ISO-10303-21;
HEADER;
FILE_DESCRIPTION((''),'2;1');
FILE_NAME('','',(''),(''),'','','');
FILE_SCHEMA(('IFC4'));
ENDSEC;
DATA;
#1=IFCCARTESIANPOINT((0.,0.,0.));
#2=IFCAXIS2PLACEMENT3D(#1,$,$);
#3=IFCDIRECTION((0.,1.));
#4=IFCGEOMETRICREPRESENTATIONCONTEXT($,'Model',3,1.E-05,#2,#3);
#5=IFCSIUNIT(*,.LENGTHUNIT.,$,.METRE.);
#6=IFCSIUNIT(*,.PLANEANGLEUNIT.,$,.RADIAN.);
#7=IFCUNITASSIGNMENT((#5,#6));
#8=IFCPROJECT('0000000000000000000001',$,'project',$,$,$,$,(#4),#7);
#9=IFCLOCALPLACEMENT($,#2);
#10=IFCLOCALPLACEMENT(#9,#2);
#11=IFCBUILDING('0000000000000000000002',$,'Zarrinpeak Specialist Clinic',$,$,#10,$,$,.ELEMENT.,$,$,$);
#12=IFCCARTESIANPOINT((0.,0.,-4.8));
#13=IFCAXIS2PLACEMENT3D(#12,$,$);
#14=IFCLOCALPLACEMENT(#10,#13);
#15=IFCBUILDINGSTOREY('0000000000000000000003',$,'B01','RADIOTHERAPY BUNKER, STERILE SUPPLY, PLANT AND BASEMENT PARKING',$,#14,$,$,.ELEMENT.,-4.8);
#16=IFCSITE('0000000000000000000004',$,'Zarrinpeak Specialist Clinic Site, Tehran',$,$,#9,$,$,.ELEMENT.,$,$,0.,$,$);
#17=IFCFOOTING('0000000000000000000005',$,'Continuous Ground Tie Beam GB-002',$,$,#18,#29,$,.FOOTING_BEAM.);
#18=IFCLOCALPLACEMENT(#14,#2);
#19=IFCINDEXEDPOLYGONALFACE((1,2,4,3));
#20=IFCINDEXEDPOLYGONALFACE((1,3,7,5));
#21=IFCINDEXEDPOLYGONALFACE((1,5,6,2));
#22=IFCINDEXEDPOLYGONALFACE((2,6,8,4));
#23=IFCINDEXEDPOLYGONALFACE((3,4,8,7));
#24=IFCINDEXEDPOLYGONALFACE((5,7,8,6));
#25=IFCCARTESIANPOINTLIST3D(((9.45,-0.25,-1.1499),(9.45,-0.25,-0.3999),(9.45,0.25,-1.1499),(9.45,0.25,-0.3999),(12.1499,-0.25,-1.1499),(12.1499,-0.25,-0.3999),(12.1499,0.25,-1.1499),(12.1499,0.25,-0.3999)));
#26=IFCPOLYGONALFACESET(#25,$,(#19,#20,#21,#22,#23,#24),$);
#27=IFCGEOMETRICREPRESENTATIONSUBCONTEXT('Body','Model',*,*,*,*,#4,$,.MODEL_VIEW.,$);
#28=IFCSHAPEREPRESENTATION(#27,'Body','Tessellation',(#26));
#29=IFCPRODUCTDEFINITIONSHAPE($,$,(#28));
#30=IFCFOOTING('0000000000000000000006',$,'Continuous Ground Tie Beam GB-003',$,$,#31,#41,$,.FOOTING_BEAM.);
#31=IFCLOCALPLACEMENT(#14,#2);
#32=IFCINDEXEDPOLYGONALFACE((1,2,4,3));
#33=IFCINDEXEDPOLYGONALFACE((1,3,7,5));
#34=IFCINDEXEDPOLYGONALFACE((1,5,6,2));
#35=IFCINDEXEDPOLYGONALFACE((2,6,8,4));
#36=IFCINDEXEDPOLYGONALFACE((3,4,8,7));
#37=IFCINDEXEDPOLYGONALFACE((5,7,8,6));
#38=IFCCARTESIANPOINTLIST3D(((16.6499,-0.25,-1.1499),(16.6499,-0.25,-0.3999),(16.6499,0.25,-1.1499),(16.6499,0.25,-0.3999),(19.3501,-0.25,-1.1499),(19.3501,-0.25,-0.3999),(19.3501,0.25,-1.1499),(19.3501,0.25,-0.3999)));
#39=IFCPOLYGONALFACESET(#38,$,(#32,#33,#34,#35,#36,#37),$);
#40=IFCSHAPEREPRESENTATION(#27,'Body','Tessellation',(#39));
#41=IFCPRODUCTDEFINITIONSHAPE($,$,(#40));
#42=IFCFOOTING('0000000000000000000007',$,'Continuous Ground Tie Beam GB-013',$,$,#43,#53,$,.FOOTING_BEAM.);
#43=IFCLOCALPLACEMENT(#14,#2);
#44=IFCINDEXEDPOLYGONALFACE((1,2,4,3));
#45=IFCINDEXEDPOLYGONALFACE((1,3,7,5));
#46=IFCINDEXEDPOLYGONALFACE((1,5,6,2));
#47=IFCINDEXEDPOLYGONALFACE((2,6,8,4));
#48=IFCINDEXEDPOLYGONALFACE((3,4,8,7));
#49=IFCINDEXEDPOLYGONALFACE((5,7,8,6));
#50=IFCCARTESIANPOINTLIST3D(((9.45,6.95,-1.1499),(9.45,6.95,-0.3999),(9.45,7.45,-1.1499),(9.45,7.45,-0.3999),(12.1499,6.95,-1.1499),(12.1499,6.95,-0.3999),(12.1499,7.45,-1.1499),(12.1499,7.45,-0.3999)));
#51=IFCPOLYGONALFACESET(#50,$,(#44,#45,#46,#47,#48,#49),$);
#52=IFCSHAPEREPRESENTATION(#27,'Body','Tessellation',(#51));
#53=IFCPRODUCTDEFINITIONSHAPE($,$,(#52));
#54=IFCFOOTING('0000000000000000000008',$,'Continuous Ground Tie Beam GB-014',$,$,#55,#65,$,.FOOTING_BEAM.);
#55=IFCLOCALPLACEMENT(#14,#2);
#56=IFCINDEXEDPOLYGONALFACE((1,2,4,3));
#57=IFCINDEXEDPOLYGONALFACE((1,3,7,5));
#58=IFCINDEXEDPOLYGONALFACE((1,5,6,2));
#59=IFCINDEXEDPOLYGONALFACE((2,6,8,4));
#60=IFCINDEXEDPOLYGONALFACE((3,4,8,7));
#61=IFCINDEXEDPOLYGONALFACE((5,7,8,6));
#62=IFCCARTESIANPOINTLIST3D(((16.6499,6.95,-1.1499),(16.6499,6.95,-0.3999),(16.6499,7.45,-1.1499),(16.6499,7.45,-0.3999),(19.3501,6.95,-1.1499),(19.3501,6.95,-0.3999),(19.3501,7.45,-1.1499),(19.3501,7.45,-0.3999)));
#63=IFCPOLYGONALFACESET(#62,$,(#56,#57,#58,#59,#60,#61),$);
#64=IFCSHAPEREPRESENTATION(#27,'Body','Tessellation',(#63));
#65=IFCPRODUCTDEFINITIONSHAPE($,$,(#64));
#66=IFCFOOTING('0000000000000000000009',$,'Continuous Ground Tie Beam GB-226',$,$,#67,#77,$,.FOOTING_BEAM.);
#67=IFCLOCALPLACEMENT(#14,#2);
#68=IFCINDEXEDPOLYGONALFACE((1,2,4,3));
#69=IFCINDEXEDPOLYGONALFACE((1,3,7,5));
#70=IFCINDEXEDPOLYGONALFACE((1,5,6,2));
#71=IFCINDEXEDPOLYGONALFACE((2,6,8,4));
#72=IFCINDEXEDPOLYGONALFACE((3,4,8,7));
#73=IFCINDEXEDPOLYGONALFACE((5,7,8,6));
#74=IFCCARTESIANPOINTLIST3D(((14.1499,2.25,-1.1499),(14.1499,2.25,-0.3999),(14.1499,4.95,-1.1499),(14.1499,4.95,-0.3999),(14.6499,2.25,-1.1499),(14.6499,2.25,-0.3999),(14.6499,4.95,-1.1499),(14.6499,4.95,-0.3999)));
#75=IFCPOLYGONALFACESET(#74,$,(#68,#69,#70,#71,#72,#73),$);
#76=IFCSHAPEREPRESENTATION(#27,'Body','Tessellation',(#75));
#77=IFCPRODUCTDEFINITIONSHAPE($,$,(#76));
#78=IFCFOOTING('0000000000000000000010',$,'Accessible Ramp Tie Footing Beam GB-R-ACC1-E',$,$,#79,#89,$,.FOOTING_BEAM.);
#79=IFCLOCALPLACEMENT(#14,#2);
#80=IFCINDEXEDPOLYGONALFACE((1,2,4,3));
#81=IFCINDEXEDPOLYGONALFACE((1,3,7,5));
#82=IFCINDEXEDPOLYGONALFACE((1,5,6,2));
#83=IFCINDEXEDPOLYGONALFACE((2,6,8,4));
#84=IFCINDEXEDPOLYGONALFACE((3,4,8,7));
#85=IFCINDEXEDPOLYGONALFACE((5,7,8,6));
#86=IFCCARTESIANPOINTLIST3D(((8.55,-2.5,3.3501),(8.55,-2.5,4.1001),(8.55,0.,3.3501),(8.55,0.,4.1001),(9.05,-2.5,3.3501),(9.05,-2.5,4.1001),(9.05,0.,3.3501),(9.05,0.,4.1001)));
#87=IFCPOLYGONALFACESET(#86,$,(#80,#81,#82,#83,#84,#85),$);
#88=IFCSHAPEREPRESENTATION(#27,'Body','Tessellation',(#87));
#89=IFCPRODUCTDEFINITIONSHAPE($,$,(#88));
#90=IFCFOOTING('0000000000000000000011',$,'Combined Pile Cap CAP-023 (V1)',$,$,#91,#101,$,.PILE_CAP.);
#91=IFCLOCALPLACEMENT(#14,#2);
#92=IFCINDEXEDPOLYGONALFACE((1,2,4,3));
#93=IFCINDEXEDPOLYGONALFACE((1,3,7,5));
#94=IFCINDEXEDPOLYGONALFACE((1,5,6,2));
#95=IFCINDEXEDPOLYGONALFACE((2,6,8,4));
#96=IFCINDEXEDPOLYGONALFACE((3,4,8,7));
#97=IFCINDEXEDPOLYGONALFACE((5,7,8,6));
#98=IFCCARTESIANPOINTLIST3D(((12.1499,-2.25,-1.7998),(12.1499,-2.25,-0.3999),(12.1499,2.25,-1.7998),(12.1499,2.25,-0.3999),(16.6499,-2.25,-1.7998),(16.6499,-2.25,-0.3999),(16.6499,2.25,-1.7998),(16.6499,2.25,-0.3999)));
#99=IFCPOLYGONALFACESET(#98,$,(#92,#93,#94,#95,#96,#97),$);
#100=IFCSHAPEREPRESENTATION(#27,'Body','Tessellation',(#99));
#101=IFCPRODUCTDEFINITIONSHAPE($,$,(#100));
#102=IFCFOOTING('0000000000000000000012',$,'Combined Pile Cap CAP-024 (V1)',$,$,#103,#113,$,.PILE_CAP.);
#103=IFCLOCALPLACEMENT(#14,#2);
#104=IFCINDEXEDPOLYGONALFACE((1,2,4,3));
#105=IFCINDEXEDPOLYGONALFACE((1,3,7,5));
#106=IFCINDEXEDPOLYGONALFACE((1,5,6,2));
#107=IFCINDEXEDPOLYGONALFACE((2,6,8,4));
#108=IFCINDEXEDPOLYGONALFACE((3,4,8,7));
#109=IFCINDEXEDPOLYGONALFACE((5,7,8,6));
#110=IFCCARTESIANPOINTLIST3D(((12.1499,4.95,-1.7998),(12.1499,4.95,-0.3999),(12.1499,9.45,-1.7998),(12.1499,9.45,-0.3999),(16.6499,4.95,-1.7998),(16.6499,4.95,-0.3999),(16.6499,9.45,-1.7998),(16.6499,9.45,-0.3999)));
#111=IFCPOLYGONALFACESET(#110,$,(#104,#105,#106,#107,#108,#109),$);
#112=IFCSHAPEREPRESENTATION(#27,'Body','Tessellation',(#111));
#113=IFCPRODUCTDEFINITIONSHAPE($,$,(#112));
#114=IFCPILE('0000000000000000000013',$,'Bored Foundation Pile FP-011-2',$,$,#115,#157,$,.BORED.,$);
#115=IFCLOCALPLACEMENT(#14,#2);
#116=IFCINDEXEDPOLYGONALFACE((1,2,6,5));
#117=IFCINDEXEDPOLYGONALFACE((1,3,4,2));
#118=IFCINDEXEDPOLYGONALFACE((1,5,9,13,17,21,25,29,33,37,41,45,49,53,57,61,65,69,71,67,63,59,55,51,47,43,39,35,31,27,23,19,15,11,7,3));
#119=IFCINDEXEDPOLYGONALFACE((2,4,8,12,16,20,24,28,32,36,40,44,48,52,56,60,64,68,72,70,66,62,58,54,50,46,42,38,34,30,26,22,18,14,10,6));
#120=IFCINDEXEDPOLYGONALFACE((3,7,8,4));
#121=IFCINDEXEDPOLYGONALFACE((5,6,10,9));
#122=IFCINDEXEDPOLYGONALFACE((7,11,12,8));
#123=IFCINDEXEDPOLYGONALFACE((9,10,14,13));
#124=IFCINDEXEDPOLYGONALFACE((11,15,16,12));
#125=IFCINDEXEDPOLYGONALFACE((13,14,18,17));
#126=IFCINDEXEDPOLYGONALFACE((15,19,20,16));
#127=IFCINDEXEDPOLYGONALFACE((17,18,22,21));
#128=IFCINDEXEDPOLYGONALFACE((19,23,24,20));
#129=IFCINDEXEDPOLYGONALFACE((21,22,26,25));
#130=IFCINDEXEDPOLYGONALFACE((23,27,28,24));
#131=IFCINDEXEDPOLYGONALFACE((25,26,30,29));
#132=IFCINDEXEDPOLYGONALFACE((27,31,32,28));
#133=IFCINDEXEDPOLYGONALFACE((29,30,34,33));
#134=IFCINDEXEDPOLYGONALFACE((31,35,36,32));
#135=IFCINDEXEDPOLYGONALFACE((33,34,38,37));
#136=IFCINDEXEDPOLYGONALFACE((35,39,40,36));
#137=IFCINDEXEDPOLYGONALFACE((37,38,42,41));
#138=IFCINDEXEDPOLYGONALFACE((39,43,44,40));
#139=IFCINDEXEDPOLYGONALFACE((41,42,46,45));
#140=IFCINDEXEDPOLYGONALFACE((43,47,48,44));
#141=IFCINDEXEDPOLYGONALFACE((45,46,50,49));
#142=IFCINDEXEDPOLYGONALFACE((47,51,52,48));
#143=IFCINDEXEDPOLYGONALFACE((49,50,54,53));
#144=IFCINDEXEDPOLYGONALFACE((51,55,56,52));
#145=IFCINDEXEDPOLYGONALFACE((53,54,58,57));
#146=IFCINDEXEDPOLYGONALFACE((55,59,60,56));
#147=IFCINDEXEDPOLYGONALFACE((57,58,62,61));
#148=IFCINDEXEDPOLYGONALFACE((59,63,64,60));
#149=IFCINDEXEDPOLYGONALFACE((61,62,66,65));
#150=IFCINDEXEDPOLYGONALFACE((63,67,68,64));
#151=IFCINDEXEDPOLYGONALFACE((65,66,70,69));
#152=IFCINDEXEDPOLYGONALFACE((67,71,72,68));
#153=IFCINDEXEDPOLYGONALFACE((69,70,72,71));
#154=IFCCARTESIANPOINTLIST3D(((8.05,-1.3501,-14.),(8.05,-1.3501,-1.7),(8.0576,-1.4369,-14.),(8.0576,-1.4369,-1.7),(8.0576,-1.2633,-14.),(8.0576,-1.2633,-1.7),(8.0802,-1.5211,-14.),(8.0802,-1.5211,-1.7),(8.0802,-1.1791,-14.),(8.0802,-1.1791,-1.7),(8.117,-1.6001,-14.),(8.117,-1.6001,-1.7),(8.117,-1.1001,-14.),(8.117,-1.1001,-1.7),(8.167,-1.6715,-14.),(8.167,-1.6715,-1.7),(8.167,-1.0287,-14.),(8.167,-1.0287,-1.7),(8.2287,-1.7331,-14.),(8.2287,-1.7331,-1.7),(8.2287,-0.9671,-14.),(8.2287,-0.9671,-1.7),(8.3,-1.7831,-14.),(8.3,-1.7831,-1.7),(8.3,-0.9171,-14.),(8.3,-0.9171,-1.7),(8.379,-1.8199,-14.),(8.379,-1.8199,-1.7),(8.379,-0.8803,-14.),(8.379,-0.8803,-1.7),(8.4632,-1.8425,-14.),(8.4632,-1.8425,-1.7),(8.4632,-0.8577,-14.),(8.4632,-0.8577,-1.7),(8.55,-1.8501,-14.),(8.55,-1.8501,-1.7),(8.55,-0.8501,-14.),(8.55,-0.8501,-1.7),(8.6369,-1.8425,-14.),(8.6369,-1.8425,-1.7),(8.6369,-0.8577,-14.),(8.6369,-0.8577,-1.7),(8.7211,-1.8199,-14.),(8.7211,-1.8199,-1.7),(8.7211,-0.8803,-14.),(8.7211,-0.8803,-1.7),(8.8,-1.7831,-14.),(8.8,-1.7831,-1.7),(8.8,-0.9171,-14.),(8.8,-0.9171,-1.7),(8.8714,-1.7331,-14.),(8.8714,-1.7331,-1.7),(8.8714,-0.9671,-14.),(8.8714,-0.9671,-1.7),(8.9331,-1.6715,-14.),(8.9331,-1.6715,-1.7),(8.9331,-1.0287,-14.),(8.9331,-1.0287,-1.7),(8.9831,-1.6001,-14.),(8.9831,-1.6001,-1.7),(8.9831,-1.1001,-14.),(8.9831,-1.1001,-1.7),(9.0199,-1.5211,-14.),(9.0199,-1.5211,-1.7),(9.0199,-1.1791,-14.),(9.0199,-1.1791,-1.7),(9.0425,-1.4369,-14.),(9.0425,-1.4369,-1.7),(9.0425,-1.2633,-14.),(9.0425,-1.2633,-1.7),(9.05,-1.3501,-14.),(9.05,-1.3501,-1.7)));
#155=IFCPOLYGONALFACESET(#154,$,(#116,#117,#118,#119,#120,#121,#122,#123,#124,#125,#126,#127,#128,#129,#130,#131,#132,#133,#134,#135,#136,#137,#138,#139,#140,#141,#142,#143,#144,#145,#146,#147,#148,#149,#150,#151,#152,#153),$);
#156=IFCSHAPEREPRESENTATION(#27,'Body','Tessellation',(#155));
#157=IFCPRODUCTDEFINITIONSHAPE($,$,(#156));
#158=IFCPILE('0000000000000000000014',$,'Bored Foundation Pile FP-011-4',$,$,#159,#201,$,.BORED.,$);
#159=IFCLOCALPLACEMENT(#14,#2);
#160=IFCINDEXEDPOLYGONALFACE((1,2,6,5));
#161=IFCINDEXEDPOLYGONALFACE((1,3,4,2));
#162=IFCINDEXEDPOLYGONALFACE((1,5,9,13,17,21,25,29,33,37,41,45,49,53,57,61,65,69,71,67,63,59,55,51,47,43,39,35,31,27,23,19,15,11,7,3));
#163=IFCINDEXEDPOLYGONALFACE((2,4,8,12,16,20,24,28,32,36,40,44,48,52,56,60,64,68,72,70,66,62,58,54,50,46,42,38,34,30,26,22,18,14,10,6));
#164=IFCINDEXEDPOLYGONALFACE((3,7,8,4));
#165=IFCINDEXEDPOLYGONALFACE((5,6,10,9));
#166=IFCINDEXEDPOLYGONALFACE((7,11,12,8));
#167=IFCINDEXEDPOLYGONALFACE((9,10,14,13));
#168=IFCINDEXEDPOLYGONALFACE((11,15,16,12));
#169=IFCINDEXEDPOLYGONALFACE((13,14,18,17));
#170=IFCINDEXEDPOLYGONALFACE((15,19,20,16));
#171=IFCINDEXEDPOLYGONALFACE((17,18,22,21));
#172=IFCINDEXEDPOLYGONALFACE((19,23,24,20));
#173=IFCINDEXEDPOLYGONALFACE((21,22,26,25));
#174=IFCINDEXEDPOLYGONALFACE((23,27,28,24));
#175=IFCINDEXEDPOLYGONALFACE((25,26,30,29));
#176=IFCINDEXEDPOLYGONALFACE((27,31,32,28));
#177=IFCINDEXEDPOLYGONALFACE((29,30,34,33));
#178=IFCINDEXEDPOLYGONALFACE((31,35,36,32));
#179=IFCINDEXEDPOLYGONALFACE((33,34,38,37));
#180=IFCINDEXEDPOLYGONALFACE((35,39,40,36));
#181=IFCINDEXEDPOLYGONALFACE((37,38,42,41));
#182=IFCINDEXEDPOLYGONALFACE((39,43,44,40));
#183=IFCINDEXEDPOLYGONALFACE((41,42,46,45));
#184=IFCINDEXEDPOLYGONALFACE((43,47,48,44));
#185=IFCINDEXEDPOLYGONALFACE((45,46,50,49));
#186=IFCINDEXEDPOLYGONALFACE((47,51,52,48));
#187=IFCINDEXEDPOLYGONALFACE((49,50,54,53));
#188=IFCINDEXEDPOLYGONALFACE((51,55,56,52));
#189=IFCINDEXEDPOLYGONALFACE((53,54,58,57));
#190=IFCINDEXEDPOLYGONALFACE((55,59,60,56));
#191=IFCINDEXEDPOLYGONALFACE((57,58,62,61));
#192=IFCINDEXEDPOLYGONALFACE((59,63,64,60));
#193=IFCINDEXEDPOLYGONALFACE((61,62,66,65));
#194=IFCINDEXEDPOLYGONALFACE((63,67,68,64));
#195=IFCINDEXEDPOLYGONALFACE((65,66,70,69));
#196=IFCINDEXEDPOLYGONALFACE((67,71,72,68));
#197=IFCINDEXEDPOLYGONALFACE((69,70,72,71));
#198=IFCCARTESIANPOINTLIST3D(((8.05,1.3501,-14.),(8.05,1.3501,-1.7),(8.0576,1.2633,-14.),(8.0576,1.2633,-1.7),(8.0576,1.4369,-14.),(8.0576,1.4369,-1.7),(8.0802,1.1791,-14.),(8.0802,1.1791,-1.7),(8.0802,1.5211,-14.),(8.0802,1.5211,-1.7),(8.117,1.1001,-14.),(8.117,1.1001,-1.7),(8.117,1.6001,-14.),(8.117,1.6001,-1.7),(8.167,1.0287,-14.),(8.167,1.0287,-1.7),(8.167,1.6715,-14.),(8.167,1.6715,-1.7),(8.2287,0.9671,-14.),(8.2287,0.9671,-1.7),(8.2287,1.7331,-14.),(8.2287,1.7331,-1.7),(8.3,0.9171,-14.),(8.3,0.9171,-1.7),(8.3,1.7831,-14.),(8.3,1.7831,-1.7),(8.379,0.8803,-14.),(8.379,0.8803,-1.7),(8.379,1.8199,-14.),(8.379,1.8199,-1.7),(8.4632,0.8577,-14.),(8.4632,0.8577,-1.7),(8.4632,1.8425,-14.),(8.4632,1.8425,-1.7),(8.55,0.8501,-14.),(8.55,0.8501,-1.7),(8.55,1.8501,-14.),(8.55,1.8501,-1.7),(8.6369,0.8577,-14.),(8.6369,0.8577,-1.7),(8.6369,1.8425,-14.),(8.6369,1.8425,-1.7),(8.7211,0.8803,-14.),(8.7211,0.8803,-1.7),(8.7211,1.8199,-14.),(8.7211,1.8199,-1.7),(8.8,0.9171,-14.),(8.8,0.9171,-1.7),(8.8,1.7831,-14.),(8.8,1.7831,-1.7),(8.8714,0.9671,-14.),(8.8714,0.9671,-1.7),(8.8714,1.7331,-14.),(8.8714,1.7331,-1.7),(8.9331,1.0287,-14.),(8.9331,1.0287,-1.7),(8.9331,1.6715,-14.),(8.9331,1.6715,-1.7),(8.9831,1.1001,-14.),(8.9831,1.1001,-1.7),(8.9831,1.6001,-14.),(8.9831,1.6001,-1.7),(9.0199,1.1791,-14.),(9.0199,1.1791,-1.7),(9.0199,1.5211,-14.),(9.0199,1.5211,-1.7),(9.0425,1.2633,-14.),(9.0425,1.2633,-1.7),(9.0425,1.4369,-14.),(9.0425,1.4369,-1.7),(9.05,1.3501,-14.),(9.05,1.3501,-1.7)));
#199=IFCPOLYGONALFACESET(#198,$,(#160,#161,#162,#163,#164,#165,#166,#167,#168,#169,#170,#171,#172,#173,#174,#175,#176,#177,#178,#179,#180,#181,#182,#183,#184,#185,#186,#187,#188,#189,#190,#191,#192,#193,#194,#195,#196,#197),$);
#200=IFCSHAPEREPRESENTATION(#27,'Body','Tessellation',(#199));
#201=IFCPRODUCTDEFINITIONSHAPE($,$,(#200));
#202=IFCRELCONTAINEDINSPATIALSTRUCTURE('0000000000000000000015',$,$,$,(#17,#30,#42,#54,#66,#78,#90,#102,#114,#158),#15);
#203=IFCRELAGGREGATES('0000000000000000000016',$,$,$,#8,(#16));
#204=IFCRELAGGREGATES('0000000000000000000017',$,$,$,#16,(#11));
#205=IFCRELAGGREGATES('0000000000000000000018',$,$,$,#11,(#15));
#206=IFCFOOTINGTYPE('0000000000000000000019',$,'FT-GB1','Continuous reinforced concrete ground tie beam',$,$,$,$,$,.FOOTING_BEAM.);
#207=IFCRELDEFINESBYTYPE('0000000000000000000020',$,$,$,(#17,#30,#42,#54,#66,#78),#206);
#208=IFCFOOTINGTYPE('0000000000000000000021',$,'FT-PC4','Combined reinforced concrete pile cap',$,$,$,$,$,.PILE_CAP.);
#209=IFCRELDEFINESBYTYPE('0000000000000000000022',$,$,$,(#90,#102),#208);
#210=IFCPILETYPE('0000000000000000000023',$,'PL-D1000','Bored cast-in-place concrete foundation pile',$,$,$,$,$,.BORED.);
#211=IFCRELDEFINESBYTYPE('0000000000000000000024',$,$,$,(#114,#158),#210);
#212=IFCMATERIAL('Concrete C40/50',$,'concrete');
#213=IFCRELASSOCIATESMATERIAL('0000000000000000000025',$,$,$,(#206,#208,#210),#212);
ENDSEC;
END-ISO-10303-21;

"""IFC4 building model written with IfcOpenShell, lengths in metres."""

from ifc_helpers import new_model, si_unit, direction, frame, origin, origin_2d, place, context, subcontext, project, spatial, rectangle, circle, extrude, material, material_profile, profile_set, type_object, element, save


model = new_model("IFC4")

# Units and contexts
model_context = context("Model", 3, precision=1e-05, world=origin(), true_north=direction((0.0, 1.0)))
body_context = subcontext(model_context, "Body", "Model", "MODEL_VIEW")
ifc_project = project(units=[si_unit("LENGTHUNIT", "METRE"), si_unit("PLANEANGLEUNIT", "RADIAN")], contexts=[model_context])

# Site, building, storey
site_placement = place(None, origin())
site = spatial("IfcSite", under=ifc_project, at=site_placement, Name="Zarrinpeak Specialist Clinic Site, Tehran", CompositionType="ELEMENT", RefElevation=0.0)
building_placement = place(site_placement, origin())
building = spatial("IfcBuilding", under=site, at=building_placement, Name="Zarrinpeak Specialist Clinic", CompositionType="ELEMENT")
storey_placement = place(building_placement, frame((0.0, 0.0, -4.8)))
storey = spatial("IfcBuildingStorey", under=building, at=storey_placement, Name="B01", Description="RADIOTHERAPY BUNKER, STERILE SUPPLY, PLANT AND BASEMENT PARKING", CompositionType="ELEMENT", Elevation=-4.8)

# Footings
ifc_material_1 = material(Name="Concrete C40/50", Category="concrete")
ifc_material_profile_1 = material_profile(ifc_material_1, rectangle(XDim=0.5, YDim=0.75, at=origin_2d()), Name="RC 500x750")
ifc_profile_set_1 = profile_set([ifc_material_profile_1], Name="Concrete C40/50")
footing_type_1 = type_object("IfcFootingType", Name="FT-GB1", Description="Continuous reinforced concrete ground tie beam", PredefinedType="FOOTING_BEAM", material=ifc_profile_set_1)
footing_1_placement = place(storey_placement, frame((9.45, 0.0, -0.7749), z_axis=(1.0, 0.0, 0.0), x_axis=(0.0, 1.0, 0.0)))
element("IfcFooting", 1, at=footing_1_placement, inside=storey, type_object=footing_type_1, Name="Continuous Ground Tie Beam GB-002", PredefinedType="FOOTING_BEAM", context=body_context, shape_type="SweptSolid", body=[
    extrude(rectangle(XDim=0.5, YDim=0.75, at=origin_2d()), origin(), (0.0, 0.0, 1.0), 2.7),
])
footing_2_placement = place(storey_placement, frame((16.6499, 0.0, -0.7749), z_axis=(1.0, 0.0, 0.0), x_axis=(0.0, 1.0, 0.0)))
element("IfcFooting", 2, at=footing_2_placement, inside=storey, type_object=footing_type_1, Name="Continuous Ground Tie Beam GB-003", PredefinedType="FOOTING_BEAM", context=body_context, shape_type="SweptSolid", body=[
    extrude(rectangle(XDim=0.5, YDim=0.75, at=origin_2d()), origin(), (0.0, 0.0, 1.0), 2.7002),
])
footing_3_placement = place(storey_placement, frame((9.45, 7.2, -0.7749), z_axis=(1.0, 0.0, 0.0), x_axis=(0.0, 1.0, 0.0)))
element("IfcFooting", 3, at=footing_3_placement, inside=storey, type_object=footing_type_1, Name="Continuous Ground Tie Beam GB-013", PredefinedType="FOOTING_BEAM", context=body_context, shape_type="SweptSolid", body=[
    extrude(rectangle(XDim=0.5, YDim=0.75, at=origin_2d()), origin(), (0.0, 0.0, 1.0), 2.7),
])
footing_4_placement = place(storey_placement, frame((16.6499, 7.2, -0.7749), z_axis=(1.0, 0.0, 0.0), x_axis=(0.0, 1.0, 0.0)))
element("IfcFooting", 4, at=footing_4_placement, inside=storey, type_object=footing_type_1, Name="Continuous Ground Tie Beam GB-014", PredefinedType="FOOTING_BEAM", context=body_context, shape_type="SweptSolid", body=[
    extrude(rectangle(XDim=0.5, YDim=0.75, at=origin_2d()), origin(), (0.0, 0.0, 1.0), 2.7002),
])
footing_5_placement = place(storey_placement, frame((14.3999, 2.25, -0.7749), z_axis=(0.0, 1.0, 0.0), x_axis=(-1.0, 0.0, 0.0)))
element("IfcFooting", 5, at=footing_5_placement, inside=storey, type_object=footing_type_1, Name="Continuous Ground Tie Beam GB-226", PredefinedType="FOOTING_BEAM", context=body_context, shape_type="SweptSolid", body=[
    extrude(rectangle(XDim=0.5, YDim=0.75, at=origin_2d()), origin(), (0.0, 0.0, 1.0), 2.7),
])
footing_6_placement = place(storey_placement, frame((8.8, -2.5, 3.7251), z_axis=(0.0, 1.0, 0.0), x_axis=(-1.0, 0.0, 0.0)))
element("IfcFooting", 6, at=footing_6_placement, inside=storey, type_object=footing_type_1, Name="Accessible Ramp Tie Footing Beam GB-R-ACC1-E", PredefinedType="FOOTING_BEAM", context=body_context, shape_type="SweptSolid", body=[
    extrude(rectangle(XDim=0.5, YDim=0.75, at=origin_2d()), origin(), (0.0, 0.0, 1.0), 2.5),
])
footing_type_2 = type_object("IfcFootingType", Name="FT-PC4", Description="Combined reinforced concrete pile cap", PredefinedType="PILE_CAP", material=ifc_material_1)
for number, where, z_axis, x_axis, name in (
    (7, (14.3999, 0.0, -1.7998), (0.0, 0.0, 1.0), (1.0, 0.0, 0.0), "Combined Pile Cap CAP-023 (V1)"),
    (8, (14.3999, 7.2, -1.7998), (0.0, 0.0, 1.0), (1.0, 0.0, 0.0), "Combined Pile Cap CAP-024 (V1)"),
):
    element("IfcFooting", number, at=place(storey_placement, frame(where, z_axis=z_axis, x_axis=x_axis)), inside=storey, type_object=footing_type_2, Name=name, PredefinedType="PILE_CAP", context=body_context, shape_type="SweptSolid", body=[
        extrude(rectangle(XDim=4.5, YDim=4.5, at=origin_2d()), origin(), (0.0, 0.0, 1.0), 1.3999),
    ])

# Piles
ifc_material_profile_2 = material_profile(ifc_material_1, circle(Radius=0.5, at=origin_2d()), Name="BORED PILE D1000")
ifc_profile_set_2 = profile_set([ifc_material_profile_2], Name="Concrete C40/50")
pile_type = type_object("IfcPileType", Name="PL-D1000", Description="Bored cast-in-place concrete foundation pile", PredefinedType="BORED", material=ifc_profile_set_2)
for number, where, z_axis, x_axis, name in (
    (9, (8.55, -1.3501, -1.7), (0.0, 0.0, -1.0), (1.0, 0.0, 0.0), "Bored Foundation Pile FP-011-2"),
    (10, (8.55, 1.3501, -1.7), (0.0, 0.0, -1.0), (1.0, 0.0, 0.0), "Bored Foundation Pile FP-011-4"),
):
    element("IfcPile", number, at=place(storey_placement, frame(where, z_axis=z_axis, x_axis=x_axis)), inside=storey, type_object=pile_type, Name=name, PredefinedType="BORED", context=body_context, shape_type="SweptSolid", body=[
        extrude(circle(Radius=0.5, at=origin_2d()), origin(), (0.0, 0.0, 1.0), 12.3),
    ])

save(model, "model.ifc")
